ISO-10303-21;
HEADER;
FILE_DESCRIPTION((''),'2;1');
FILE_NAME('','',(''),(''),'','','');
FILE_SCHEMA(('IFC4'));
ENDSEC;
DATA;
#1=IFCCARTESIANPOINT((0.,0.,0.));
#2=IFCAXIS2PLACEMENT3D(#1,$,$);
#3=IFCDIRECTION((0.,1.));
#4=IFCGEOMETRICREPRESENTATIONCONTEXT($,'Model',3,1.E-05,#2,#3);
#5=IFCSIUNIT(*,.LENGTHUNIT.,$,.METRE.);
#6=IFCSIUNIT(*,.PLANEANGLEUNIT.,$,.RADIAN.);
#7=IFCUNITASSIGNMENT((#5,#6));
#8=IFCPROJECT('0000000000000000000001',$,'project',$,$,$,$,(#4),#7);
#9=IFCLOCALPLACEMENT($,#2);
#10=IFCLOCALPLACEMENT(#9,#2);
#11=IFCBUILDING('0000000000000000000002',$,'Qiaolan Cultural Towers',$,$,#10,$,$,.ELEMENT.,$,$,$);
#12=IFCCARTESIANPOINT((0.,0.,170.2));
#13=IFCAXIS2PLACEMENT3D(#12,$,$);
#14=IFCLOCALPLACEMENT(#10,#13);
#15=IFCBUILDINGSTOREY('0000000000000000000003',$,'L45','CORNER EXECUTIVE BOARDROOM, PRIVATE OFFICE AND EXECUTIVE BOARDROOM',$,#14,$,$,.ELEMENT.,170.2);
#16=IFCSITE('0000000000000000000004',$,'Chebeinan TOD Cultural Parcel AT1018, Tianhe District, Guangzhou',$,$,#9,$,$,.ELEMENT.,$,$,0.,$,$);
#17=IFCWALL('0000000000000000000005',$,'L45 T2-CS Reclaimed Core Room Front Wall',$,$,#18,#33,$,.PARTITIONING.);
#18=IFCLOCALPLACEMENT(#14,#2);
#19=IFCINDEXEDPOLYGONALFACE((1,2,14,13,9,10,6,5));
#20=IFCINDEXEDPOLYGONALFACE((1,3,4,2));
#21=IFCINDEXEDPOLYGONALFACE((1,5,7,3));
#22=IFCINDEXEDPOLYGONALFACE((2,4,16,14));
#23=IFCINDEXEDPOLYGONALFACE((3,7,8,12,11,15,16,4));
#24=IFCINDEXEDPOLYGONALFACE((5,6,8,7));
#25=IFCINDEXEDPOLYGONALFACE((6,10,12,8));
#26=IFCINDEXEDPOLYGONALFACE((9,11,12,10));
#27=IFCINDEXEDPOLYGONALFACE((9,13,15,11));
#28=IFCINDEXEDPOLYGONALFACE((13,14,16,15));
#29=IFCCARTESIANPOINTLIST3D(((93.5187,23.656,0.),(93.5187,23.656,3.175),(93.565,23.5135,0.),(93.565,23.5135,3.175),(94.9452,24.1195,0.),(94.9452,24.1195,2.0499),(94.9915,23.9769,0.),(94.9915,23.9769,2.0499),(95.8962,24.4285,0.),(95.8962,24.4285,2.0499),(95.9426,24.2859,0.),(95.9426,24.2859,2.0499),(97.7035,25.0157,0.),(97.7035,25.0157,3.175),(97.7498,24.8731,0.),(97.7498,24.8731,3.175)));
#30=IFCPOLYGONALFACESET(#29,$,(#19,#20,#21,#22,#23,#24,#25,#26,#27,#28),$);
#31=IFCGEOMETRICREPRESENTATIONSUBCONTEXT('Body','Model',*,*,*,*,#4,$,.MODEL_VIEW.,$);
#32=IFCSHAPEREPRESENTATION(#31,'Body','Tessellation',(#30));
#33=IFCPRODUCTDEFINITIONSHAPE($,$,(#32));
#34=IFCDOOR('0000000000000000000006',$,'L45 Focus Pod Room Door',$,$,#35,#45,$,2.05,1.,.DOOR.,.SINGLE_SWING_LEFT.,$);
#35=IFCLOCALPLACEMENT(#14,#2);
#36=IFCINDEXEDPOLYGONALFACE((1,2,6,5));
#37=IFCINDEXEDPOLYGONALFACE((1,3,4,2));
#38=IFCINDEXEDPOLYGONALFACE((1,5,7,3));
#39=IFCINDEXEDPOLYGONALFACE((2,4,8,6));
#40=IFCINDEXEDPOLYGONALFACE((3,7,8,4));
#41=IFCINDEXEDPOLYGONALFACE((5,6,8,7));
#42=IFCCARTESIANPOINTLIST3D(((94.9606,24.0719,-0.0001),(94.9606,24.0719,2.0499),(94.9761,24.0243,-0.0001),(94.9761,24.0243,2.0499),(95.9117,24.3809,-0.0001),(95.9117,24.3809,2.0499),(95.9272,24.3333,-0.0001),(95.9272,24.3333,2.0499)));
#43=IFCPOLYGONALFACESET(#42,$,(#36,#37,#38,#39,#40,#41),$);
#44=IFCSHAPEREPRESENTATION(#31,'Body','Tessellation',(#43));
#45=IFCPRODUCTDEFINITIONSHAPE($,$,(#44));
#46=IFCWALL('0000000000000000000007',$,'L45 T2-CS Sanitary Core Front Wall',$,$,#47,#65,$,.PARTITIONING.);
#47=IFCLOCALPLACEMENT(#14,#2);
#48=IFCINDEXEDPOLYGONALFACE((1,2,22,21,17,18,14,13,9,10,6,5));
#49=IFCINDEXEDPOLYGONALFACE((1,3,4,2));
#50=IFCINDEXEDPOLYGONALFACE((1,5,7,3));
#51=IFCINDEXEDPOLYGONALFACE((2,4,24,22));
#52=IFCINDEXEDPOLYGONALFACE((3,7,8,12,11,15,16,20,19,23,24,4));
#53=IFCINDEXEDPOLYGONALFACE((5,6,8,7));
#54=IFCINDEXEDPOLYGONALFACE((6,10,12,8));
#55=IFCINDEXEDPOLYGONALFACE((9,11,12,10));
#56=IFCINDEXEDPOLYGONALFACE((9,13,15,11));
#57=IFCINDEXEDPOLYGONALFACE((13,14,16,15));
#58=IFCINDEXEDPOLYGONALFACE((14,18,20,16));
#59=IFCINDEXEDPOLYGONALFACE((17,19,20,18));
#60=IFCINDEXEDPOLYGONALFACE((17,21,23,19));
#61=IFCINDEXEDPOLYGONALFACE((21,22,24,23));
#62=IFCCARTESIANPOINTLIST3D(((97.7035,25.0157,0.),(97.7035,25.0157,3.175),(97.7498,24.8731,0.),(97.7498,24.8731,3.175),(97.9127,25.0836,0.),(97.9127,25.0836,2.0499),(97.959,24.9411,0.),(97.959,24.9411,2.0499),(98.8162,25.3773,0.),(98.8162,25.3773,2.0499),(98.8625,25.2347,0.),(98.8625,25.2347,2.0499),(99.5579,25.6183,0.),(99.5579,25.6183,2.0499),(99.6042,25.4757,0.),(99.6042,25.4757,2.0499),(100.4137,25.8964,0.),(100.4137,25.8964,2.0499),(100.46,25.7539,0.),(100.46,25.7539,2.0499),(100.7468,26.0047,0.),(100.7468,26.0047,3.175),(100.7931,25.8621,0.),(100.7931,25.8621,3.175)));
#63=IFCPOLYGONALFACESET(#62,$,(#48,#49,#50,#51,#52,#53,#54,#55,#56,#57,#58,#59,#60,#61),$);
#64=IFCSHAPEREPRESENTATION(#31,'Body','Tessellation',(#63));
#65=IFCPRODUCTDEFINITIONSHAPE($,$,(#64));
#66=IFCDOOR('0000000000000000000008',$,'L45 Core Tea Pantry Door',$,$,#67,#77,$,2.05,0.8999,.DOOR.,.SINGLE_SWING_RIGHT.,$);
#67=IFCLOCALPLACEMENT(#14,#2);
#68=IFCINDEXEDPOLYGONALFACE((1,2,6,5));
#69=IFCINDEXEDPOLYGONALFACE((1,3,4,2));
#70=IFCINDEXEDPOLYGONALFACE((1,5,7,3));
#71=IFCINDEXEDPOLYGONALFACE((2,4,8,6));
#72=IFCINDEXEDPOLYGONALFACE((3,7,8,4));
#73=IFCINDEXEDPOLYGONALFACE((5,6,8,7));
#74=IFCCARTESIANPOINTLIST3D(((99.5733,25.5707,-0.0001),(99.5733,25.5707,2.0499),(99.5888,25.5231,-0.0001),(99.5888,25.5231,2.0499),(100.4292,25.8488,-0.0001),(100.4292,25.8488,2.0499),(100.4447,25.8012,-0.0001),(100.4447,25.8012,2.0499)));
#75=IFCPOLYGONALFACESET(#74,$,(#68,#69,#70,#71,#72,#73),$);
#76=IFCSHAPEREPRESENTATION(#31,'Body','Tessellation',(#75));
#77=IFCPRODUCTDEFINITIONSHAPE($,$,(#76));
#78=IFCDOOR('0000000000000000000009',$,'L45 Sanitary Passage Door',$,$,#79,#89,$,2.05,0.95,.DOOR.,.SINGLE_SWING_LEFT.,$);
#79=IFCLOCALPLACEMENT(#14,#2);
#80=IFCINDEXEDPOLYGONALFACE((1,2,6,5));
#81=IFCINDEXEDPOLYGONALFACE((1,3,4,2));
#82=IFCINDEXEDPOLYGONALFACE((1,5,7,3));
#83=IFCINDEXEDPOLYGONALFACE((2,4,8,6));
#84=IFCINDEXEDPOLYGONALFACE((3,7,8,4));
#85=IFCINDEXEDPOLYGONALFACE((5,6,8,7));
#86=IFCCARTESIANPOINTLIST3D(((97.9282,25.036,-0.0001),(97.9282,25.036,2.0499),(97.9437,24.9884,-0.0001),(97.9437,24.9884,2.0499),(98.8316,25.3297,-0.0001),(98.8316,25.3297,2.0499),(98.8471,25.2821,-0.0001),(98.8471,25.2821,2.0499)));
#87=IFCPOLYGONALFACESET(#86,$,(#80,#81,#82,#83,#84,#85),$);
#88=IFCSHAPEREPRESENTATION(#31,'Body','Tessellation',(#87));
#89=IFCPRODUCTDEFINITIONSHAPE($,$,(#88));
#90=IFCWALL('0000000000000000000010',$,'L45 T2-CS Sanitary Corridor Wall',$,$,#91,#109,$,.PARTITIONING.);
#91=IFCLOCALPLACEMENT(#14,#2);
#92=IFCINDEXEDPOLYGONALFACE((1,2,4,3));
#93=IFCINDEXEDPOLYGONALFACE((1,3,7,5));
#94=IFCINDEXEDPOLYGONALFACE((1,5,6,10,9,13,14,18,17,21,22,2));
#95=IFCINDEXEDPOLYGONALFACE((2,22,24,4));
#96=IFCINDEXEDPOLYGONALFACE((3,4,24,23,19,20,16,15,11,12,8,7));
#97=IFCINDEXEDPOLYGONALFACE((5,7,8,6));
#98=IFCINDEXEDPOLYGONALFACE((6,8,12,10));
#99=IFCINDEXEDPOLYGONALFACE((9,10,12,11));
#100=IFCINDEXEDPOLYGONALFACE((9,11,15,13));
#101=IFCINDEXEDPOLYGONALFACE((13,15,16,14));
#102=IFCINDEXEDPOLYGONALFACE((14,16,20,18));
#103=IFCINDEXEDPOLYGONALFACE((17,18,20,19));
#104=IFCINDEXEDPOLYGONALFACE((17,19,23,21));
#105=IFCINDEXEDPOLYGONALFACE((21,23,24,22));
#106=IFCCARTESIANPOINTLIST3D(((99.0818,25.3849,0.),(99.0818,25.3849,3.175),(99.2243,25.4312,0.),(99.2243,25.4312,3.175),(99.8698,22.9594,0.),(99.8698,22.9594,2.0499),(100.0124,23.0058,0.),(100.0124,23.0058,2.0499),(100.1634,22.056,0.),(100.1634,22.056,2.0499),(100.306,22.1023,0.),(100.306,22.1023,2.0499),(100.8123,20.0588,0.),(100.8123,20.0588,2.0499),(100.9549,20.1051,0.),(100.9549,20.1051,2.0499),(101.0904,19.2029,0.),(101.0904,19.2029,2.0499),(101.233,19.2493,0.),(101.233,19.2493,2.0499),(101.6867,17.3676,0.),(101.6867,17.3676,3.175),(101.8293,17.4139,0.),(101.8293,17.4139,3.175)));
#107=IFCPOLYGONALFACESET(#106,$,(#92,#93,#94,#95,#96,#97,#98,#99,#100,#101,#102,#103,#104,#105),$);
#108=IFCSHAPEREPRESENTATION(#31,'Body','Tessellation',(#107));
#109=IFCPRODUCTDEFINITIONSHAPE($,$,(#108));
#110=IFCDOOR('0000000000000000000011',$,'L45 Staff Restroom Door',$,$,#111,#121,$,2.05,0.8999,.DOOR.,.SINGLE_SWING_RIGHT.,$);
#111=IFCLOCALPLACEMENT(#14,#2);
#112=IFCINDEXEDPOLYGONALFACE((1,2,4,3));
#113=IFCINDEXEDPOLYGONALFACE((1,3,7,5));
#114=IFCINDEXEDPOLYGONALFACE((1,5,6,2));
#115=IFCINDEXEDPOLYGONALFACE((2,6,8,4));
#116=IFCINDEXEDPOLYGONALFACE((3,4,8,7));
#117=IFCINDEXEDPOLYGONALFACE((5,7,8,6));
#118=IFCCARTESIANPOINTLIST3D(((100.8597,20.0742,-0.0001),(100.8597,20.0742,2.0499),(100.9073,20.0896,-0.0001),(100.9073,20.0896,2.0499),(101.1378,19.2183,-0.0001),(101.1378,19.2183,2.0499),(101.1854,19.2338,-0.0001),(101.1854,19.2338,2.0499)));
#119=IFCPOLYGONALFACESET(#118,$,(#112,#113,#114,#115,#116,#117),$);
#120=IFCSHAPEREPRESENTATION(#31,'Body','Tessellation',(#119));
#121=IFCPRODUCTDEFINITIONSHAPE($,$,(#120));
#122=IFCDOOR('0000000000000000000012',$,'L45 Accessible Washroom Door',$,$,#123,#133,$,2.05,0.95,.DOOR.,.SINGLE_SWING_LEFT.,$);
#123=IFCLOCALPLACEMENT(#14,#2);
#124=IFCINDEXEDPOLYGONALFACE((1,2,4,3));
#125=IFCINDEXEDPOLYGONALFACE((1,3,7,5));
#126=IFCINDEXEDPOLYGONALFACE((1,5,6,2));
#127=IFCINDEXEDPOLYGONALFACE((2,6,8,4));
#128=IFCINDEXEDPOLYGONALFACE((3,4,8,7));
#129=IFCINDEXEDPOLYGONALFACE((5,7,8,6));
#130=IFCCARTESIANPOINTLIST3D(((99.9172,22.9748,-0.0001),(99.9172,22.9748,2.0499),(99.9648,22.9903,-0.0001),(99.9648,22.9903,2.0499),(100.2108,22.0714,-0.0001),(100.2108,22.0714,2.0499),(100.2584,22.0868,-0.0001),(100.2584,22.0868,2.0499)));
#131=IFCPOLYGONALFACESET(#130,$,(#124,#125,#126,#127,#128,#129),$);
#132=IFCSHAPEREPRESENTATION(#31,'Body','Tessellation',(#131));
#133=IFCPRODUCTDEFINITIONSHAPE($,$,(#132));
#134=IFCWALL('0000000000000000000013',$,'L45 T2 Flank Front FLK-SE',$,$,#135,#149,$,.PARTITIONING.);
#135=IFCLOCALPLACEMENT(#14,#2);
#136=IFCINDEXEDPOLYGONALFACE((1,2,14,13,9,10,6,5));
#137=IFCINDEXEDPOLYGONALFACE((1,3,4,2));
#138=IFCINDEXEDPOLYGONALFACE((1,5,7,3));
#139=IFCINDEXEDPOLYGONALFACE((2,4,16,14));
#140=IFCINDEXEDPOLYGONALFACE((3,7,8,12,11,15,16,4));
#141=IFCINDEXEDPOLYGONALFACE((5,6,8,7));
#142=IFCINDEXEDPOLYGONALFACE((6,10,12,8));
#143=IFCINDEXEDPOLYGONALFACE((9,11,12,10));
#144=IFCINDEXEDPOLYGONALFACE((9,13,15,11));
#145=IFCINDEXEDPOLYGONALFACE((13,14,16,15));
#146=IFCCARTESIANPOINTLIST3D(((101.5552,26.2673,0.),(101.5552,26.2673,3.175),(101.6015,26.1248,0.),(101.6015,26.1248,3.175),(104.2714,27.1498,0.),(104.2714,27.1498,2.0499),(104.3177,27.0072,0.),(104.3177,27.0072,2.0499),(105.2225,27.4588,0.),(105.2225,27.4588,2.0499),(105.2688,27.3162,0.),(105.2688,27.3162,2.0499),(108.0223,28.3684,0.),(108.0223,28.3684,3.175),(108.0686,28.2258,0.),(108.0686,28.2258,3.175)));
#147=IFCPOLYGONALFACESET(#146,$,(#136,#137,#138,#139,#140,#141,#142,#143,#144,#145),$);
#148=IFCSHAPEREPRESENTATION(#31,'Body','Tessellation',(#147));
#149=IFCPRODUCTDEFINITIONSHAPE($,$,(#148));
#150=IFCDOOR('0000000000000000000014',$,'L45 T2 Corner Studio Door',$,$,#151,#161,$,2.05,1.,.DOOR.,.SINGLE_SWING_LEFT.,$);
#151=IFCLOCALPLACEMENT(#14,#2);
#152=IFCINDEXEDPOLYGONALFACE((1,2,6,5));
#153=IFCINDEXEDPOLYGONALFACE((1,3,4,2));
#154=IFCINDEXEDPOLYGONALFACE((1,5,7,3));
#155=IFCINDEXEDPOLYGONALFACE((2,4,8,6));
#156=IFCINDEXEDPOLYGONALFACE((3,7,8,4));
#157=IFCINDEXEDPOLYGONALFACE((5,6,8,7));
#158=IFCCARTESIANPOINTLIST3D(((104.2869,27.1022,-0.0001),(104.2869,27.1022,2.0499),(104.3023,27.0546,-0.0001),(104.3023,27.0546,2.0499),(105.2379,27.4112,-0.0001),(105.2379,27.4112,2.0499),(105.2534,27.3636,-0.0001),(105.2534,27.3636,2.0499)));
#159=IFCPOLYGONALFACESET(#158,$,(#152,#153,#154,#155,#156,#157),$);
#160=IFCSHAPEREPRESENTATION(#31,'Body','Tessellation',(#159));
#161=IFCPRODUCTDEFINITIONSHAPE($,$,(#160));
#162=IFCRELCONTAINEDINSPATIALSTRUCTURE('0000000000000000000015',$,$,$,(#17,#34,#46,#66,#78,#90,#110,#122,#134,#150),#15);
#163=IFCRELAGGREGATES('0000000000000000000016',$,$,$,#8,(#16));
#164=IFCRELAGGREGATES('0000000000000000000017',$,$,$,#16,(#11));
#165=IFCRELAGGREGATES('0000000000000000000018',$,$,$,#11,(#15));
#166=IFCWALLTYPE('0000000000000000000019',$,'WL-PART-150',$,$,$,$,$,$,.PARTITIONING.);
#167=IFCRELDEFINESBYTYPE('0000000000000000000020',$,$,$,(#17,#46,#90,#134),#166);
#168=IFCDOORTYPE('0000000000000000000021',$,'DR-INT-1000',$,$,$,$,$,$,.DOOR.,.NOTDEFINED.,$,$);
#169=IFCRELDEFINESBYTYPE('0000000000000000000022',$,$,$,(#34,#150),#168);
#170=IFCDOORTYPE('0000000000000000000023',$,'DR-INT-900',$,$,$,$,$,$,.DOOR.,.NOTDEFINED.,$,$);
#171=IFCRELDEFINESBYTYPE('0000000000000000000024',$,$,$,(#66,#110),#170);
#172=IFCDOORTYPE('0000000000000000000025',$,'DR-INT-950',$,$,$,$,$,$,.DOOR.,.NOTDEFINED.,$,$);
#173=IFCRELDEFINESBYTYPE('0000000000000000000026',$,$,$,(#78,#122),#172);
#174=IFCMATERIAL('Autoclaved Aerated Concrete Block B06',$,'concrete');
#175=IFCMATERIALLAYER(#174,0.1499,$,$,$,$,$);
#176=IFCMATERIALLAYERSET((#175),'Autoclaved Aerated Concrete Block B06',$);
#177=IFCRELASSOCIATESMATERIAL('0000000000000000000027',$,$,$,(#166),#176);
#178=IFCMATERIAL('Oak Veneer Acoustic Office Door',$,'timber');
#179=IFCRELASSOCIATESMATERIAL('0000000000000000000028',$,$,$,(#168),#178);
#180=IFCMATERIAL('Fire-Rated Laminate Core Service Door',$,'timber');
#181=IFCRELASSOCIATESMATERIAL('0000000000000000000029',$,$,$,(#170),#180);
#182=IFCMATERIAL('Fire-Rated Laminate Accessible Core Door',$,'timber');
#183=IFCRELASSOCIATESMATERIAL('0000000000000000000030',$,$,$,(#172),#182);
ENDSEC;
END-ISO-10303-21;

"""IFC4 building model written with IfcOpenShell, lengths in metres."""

from ifc_helpers import new_model, si_unit, direction, frame, frame_2d, origin, place, context, subcontext, project, spatial, rectangle, extrude, material, layer, layer_set, type_object, element, fill, save


model = new_model("IFC4")

# Units and contexts
model_context = context("Model", 3, precision=1e-05, world=origin(), true_north=direction((0.0, 1.0)))
body_context = subcontext(model_context, "Body", "Model", "MODEL_VIEW")
ifc_project = project(units=[si_unit("LENGTHUNIT", "METRE"), si_unit("PLANEANGLEUNIT", "RADIAN")], contexts=[model_context])

# Site, building, storey
site_placement = place(None, origin())
site = spatial("IfcSite", under=ifc_project, at=site_placement, Name="Chebeinan TOD Cultural Parcel AT1018, Tianhe District, Guangzhou", CompositionType="ELEMENT", RefElevation=0.0)
building_placement = place(site_placement, origin())
building = spatial("IfcBuilding", under=site, at=building_placement, Name="Qiaolan Cultural Towers", CompositionType="ELEMENT")
storey_placement = place(building_placement, frame((0.0, 0.0, 170.2)))
storey = spatial("IfcBuildingStorey", under=building, at=storey_placement, Name="L45", Description="CORNER EXECUTIVE BOARDROOM, PRIVATE OFFICE AND EXECUTIVE BOARDROOM", CompositionType="ELEMENT", Elevation=170.2)

# Wall, opening, door
ifc_material_1 = material(Name="Autoclaved Aerated Concrete Block B06", Category="concrete")
ifc_layer_1 = layer(ifc_material_1, 0.1499)
ifc_layer_set_1 = layer_set([ifc_layer_1], Name="Autoclaved Aerated Concrete Block B06")
wall_type_1 = type_object("IfcWallType", Name="WL-PART-150", PredefinedType="PARTITIONING", material=ifc_layer_set_1)
wall_1_placement = place(storey_placement, frame((93.5417, 23.5847, 0.0), z_axis=(0.0, 0.0, 1.0), x_axis=(0.951064, 0.308994, 0.0)))
wall_1 = element("IfcWall", 1, at=wall_1_placement, inside=storey, type_object=wall_type_1, Name="L45 T2-CS Reclaimed Core Room Front Wall", PredefinedType="PARTITIONING", context=body_context, shape_type="SweptSolid", body=[
    extrude(rectangle(XDim=4.4001, YDim=0.1499, at=frame_2d((2.2002, 0.0))), origin(), (0.0, 0.0, 1.0), 3.175),
])
opening_1_placement = place(wall_1_placement, frame((1.5, 0.0, 0.0)))
opening_1 = element("IfcOpeningElement", 2, at=opening_1_placement, cuts=wall_1, PredefinedType="OPENING", context=body_context, shape_type="SweptSolid", body=[
    extrude(rectangle(XDim=1.0, YDim=2.05, at=frame_2d((0.5, 1.0249))), frame((0.0, 0.085, 0.0), z_axis=(0.0, -1.0, 0.0), x_axis=(1.0, 0.0, 0.0)), (0.0, 0.0, 1.0), 0.1699),
])
ifc_material_2 = material(Name="Oak Veneer Acoustic Office Door", Category="timber")
door_type_1 = type_object("IfcDoorType", Name="DR-INT-1000", OperationType="NOTDEFINED", PredefinedType="DOOR", material=ifc_material_2)
door_1_placement = place(opening_1_placement, origin())
door_1 = element("IfcDoor", 3, at=door_1_placement, inside=storey, type_object=door_type_1, Name="L45 Focus Pod Room Door", OperationType="SINGLE_SWING_LEFT", OverallHeight=2.05, OverallWidth=1.0, PredefinedType="DOOR", context=body_context, shape_type="SweptSolid", body=[
    extrude(rectangle(XDim=1.0, YDim=2.05, at=frame_2d((0.5, 1.0249))), frame((0.0, 0.0249, 0.0), z_axis=(0.0, -1.0, 0.0), x_axis=(1.0, 0.0, 0.0)), (0.0, 0.0, 1.0), 0.05),
])
fill(opening_1, door_1)

# Walls, openings, doors
wall_2_placement = place(storey_placement, frame((97.7266, 24.9443, 0.0), z_axis=(0.0, 0.0, 1.0), x_axis=(0.951037, 0.309077, 0.0)))
wall_2 = element("IfcWall", 4, at=wall_2_placement, inside=storey, type_object=wall_type_1, Name="L45 T2-CS Sanitary Core Front Wall", PredefinedType="PARTITIONING", context=body_context, shape_type="SweptSolid", body=[
    extrude(rectangle(XDim=3.2, YDim=0.1499, at=frame_2d((1.6001, 0.0))), origin(), (0.0, 0.0, 1.0), 3.175),
])
opening_2_placement = place(wall_2_placement, frame((0.22, 0.0, 0.0)))
opening_2 = element("IfcOpeningElement", 5, at=opening_2_placement, cuts=wall_2, PredefinedType="OPENING", context=body_context, shape_type="SweptSolid", body=[
    extrude(rectangle(XDim=0.95, YDim=2.05, at=frame_2d((0.4751, 1.0249))), frame((0.0, 0.085, 0.0), z_axis=(0.0, -1.0, 0.0), x_axis=(1.0, 0.0, 0.0)), (0.0, 0.0, 1.0), 0.1699),
])
opening_3_placement = place(wall_2_placement, frame((1.95, 0.0, 0.0)))
opening_3 = element("IfcOpeningElement", 6, at=opening_3_placement, cuts=wall_2, PredefinedType="OPENING", context=body_context, shape_type="SweptSolid", body=[
    extrude(rectangle(XDim=0.8999, YDim=2.05, at=frame_2d((0.45, 1.0249))), frame((0.0, 0.085, 0.0), z_axis=(0.0, -1.0, 0.0), x_axis=(1.0, 0.0, 0.0)), (0.0, 0.0, 1.0), 0.1699),
])
ifc_material_3 = material(Name="Fire-Rated Laminate Core Service Door", Category="timber")
door_type_2 = type_object("IfcDoorType", Name="DR-INT-900", OperationType="NOTDEFINED", PredefinedType="DOOR", material=ifc_material_3)
door_2_placement = place(opening_3_placement, origin())
door_2 = element("IfcDoor", 7, at=door_2_placement, inside=storey, type_object=door_type_2, Name="L45 Core Tea Pantry Door", OperationType="SINGLE_SWING_RIGHT", OverallHeight=2.05, OverallWidth=0.8999, PredefinedType="DOOR", context=body_context, shape_type="SweptSolid", body=[
    extrude(rectangle(XDim=0.8999, YDim=2.05, at=frame_2d((0.45, 1.0249))), frame((0.0, 0.0249, 0.0), z_axis=(0.0, -1.0, 0.0), x_axis=(1.0, 0.0, 0.0)), (0.0, 0.0, 1.0), 0.05),
])
fill(opening_3, door_2)
ifc_material_4 = material(Name="Fire-Rated Laminate Accessible Core Door", Category="timber")
door_type_3 = type_object("IfcDoorType", Name="DR-INT-950", OperationType="NOTDEFINED", PredefinedType="DOOR", material=ifc_material_4)
door_3_placement = place(opening_2_placement, origin())
door_3 = element("IfcDoor", 8, at=door_3_placement, inside=storey, type_object=door_type_3, Name="L45 Sanitary Passage Door", OperationType="SINGLE_SWING_LEFT", OverallHeight=2.05, OverallWidth=0.95, PredefinedType="DOOR", context=body_context, shape_type="SweptSolid", body=[
    extrude(rectangle(XDim=0.95, YDim=2.05, at=frame_2d((0.4751, 1.0249))), frame((0.0, 0.0249, 0.0), z_axis=(0.0, -1.0, 0.0), x_axis=(1.0, 0.0, 0.0)), (0.0, 0.0, 1.0), 0.05),
])
fill(opening_2, door_3)
wall_3_placement = place(storey_placement, frame((99.1531, 25.408, 0.0), z_axis=(0.0, 0.0, 1.0), x_axis=(0.309016, -0.951057, 0.0)))
wall_3 = element("IfcWall", 9, at=wall_3_placement, inside=storey, type_object=wall_type_1, Name="L45 T2-CS Sanitary Corridor Wall", PredefinedType="PARTITIONING", context=body_context, shape_type="SweptSolid", body=[
    extrude(rectangle(XDim=8.4299, YDim=0.1499, at=frame_2d((4.2148, 0.0))), origin(), (0.0, 0.0, 1.0), 3.175),
])
opening_4_placement = place(wall_3_placement, frame((2.55, 0.0, 0.0)))
opening_4 = element("IfcOpeningElement", 10, at=opening_4_placement, cuts=wall_3, PredefinedType="OPENING", context=body_context, shape_type="SweptSolid", body=[
    extrude(rectangle(XDim=0.95, YDim=2.05, at=frame_2d((0.4751, 1.0249))), frame((0.0, 0.085, 0.0), z_axis=(0.0, -1.0, 0.0), x_axis=(1.0, 0.0, 0.0)), (0.0, 0.0, 1.0), 0.1699),
])
opening_5_placement = place(wall_3_placement, frame((5.6001, 0.0, 0.0)))
opening_5 = element("IfcOpeningElement", 11, at=opening_5_placement, cuts=wall_3, PredefinedType="OPENING", context=body_context, shape_type="SweptSolid", body=[
    extrude(rectangle(XDim=0.8999, YDim=2.05, at=frame_2d((0.45, 1.0249))), frame((0.0, 0.085, 0.0), z_axis=(0.0, -1.0, 0.0), x_axis=(1.0, 0.0, 0.0)), (0.0, 0.0, 1.0), 0.1699),
])
door_4_placement = place(opening_5_placement, origin())
door_4 = element("IfcDoor", 12, at=door_4_placement, inside=storey, type_object=door_type_2, Name="L45 Staff Restroom Door", OperationType="SINGLE_SWING_RIGHT", OverallHeight=2.05, OverallWidth=0.8999, PredefinedType="DOOR", context=body_context, shape_type="SweptSolid", body=[
    extrude(rectangle(XDim=0.8999, YDim=2.05, at=frame_2d((0.45, 1.0249))), frame((0.0, 0.0249, 0.0), z_axis=(0.0, -1.0, 0.0), x_axis=(1.0, 0.0, 0.0)), (0.0, 0.0, 1.0), 0.05),
])
fill(opening_5, door_4)
door_5_placement = place(opening_4_placement, origin())
door_5 = element("IfcDoor", 13, at=door_5_placement, inside=storey, type_object=door_type_3, Name="L45 Accessible Washroom Door", OperationType="SINGLE_SWING_LEFT", OverallHeight=2.05, OverallWidth=0.95, PredefinedType="DOOR", context=body_context, shape_type="SweptSolid", body=[
    extrude(rectangle(XDim=0.95, YDim=2.05, at=frame_2d((0.4751, 1.0249))), frame((0.0, 0.0249, 0.0), z_axis=(0.0, -1.0, 0.0), x_axis=(1.0, 0.0, 0.0)), (0.0, 0.0, 1.0), 0.05),
])
fill(opening_4, door_5)

# Wall, opening, door
wall_4_placement = place(storey_placement, frame((101.5784, 26.196, 0.0), z_axis=(0.0, 0.0, 1.0), x_axis=(0.951065, 0.308991, 0.0)))
wall_4 = element("IfcWall", 14, at=wall_4_placement, inside=storey, type_object=wall_type_1, Name="L45 T2 Flank Front FLK-SE", PredefinedType="PARTITIONING", context=body_context, shape_type="SweptSolid", body=[
    extrude(rectangle(XDim=6.7998, YDim=0.1499, at=frame_2d((3.3999, 0.0))), origin(), (0.0, 0.0, 1.0), 3.175),
])
opening_6_placement = place(wall_4_placement, frame((2.856, 0.0, 0.0)))
opening_6 = element("IfcOpeningElement", 15, at=opening_6_placement, cuts=wall_4, PredefinedType="OPENING", context=body_context, shape_type="SweptSolid", body=[
    extrude(rectangle(XDim=1.0, YDim=2.05, at=frame_2d((0.5, 1.0249))), frame((0.0, 0.085, 0.0), z_axis=(0.0, -1.0, 0.0), x_axis=(1.0, 0.0, 0.0)), (0.0, 0.0, 1.0), 0.1699),
])
door_6_placement = place(opening_6_placement, origin())
door_6 = element("IfcDoor", 16, at=door_6_placement, inside=storey, type_object=door_type_1, Name="L45 T2 Corner Studio Door", OperationType="SINGLE_SWING_LEFT", OverallHeight=2.05, OverallWidth=1.0, PredefinedType="DOOR", context=body_context, shape_type="SweptSolid", body=[
    extrude(rectangle(XDim=1.0, YDim=2.05, at=frame_2d((0.5, 1.0249))), frame((0.0, 0.0249, 0.0), z_axis=(0.0, -1.0, 0.0), x_axis=(1.0, 0.0, 0.0)), (0.0, 0.0, 1.0), 0.05),
])
fill(opening_6, door_6)

save(model, "model.ifc")
